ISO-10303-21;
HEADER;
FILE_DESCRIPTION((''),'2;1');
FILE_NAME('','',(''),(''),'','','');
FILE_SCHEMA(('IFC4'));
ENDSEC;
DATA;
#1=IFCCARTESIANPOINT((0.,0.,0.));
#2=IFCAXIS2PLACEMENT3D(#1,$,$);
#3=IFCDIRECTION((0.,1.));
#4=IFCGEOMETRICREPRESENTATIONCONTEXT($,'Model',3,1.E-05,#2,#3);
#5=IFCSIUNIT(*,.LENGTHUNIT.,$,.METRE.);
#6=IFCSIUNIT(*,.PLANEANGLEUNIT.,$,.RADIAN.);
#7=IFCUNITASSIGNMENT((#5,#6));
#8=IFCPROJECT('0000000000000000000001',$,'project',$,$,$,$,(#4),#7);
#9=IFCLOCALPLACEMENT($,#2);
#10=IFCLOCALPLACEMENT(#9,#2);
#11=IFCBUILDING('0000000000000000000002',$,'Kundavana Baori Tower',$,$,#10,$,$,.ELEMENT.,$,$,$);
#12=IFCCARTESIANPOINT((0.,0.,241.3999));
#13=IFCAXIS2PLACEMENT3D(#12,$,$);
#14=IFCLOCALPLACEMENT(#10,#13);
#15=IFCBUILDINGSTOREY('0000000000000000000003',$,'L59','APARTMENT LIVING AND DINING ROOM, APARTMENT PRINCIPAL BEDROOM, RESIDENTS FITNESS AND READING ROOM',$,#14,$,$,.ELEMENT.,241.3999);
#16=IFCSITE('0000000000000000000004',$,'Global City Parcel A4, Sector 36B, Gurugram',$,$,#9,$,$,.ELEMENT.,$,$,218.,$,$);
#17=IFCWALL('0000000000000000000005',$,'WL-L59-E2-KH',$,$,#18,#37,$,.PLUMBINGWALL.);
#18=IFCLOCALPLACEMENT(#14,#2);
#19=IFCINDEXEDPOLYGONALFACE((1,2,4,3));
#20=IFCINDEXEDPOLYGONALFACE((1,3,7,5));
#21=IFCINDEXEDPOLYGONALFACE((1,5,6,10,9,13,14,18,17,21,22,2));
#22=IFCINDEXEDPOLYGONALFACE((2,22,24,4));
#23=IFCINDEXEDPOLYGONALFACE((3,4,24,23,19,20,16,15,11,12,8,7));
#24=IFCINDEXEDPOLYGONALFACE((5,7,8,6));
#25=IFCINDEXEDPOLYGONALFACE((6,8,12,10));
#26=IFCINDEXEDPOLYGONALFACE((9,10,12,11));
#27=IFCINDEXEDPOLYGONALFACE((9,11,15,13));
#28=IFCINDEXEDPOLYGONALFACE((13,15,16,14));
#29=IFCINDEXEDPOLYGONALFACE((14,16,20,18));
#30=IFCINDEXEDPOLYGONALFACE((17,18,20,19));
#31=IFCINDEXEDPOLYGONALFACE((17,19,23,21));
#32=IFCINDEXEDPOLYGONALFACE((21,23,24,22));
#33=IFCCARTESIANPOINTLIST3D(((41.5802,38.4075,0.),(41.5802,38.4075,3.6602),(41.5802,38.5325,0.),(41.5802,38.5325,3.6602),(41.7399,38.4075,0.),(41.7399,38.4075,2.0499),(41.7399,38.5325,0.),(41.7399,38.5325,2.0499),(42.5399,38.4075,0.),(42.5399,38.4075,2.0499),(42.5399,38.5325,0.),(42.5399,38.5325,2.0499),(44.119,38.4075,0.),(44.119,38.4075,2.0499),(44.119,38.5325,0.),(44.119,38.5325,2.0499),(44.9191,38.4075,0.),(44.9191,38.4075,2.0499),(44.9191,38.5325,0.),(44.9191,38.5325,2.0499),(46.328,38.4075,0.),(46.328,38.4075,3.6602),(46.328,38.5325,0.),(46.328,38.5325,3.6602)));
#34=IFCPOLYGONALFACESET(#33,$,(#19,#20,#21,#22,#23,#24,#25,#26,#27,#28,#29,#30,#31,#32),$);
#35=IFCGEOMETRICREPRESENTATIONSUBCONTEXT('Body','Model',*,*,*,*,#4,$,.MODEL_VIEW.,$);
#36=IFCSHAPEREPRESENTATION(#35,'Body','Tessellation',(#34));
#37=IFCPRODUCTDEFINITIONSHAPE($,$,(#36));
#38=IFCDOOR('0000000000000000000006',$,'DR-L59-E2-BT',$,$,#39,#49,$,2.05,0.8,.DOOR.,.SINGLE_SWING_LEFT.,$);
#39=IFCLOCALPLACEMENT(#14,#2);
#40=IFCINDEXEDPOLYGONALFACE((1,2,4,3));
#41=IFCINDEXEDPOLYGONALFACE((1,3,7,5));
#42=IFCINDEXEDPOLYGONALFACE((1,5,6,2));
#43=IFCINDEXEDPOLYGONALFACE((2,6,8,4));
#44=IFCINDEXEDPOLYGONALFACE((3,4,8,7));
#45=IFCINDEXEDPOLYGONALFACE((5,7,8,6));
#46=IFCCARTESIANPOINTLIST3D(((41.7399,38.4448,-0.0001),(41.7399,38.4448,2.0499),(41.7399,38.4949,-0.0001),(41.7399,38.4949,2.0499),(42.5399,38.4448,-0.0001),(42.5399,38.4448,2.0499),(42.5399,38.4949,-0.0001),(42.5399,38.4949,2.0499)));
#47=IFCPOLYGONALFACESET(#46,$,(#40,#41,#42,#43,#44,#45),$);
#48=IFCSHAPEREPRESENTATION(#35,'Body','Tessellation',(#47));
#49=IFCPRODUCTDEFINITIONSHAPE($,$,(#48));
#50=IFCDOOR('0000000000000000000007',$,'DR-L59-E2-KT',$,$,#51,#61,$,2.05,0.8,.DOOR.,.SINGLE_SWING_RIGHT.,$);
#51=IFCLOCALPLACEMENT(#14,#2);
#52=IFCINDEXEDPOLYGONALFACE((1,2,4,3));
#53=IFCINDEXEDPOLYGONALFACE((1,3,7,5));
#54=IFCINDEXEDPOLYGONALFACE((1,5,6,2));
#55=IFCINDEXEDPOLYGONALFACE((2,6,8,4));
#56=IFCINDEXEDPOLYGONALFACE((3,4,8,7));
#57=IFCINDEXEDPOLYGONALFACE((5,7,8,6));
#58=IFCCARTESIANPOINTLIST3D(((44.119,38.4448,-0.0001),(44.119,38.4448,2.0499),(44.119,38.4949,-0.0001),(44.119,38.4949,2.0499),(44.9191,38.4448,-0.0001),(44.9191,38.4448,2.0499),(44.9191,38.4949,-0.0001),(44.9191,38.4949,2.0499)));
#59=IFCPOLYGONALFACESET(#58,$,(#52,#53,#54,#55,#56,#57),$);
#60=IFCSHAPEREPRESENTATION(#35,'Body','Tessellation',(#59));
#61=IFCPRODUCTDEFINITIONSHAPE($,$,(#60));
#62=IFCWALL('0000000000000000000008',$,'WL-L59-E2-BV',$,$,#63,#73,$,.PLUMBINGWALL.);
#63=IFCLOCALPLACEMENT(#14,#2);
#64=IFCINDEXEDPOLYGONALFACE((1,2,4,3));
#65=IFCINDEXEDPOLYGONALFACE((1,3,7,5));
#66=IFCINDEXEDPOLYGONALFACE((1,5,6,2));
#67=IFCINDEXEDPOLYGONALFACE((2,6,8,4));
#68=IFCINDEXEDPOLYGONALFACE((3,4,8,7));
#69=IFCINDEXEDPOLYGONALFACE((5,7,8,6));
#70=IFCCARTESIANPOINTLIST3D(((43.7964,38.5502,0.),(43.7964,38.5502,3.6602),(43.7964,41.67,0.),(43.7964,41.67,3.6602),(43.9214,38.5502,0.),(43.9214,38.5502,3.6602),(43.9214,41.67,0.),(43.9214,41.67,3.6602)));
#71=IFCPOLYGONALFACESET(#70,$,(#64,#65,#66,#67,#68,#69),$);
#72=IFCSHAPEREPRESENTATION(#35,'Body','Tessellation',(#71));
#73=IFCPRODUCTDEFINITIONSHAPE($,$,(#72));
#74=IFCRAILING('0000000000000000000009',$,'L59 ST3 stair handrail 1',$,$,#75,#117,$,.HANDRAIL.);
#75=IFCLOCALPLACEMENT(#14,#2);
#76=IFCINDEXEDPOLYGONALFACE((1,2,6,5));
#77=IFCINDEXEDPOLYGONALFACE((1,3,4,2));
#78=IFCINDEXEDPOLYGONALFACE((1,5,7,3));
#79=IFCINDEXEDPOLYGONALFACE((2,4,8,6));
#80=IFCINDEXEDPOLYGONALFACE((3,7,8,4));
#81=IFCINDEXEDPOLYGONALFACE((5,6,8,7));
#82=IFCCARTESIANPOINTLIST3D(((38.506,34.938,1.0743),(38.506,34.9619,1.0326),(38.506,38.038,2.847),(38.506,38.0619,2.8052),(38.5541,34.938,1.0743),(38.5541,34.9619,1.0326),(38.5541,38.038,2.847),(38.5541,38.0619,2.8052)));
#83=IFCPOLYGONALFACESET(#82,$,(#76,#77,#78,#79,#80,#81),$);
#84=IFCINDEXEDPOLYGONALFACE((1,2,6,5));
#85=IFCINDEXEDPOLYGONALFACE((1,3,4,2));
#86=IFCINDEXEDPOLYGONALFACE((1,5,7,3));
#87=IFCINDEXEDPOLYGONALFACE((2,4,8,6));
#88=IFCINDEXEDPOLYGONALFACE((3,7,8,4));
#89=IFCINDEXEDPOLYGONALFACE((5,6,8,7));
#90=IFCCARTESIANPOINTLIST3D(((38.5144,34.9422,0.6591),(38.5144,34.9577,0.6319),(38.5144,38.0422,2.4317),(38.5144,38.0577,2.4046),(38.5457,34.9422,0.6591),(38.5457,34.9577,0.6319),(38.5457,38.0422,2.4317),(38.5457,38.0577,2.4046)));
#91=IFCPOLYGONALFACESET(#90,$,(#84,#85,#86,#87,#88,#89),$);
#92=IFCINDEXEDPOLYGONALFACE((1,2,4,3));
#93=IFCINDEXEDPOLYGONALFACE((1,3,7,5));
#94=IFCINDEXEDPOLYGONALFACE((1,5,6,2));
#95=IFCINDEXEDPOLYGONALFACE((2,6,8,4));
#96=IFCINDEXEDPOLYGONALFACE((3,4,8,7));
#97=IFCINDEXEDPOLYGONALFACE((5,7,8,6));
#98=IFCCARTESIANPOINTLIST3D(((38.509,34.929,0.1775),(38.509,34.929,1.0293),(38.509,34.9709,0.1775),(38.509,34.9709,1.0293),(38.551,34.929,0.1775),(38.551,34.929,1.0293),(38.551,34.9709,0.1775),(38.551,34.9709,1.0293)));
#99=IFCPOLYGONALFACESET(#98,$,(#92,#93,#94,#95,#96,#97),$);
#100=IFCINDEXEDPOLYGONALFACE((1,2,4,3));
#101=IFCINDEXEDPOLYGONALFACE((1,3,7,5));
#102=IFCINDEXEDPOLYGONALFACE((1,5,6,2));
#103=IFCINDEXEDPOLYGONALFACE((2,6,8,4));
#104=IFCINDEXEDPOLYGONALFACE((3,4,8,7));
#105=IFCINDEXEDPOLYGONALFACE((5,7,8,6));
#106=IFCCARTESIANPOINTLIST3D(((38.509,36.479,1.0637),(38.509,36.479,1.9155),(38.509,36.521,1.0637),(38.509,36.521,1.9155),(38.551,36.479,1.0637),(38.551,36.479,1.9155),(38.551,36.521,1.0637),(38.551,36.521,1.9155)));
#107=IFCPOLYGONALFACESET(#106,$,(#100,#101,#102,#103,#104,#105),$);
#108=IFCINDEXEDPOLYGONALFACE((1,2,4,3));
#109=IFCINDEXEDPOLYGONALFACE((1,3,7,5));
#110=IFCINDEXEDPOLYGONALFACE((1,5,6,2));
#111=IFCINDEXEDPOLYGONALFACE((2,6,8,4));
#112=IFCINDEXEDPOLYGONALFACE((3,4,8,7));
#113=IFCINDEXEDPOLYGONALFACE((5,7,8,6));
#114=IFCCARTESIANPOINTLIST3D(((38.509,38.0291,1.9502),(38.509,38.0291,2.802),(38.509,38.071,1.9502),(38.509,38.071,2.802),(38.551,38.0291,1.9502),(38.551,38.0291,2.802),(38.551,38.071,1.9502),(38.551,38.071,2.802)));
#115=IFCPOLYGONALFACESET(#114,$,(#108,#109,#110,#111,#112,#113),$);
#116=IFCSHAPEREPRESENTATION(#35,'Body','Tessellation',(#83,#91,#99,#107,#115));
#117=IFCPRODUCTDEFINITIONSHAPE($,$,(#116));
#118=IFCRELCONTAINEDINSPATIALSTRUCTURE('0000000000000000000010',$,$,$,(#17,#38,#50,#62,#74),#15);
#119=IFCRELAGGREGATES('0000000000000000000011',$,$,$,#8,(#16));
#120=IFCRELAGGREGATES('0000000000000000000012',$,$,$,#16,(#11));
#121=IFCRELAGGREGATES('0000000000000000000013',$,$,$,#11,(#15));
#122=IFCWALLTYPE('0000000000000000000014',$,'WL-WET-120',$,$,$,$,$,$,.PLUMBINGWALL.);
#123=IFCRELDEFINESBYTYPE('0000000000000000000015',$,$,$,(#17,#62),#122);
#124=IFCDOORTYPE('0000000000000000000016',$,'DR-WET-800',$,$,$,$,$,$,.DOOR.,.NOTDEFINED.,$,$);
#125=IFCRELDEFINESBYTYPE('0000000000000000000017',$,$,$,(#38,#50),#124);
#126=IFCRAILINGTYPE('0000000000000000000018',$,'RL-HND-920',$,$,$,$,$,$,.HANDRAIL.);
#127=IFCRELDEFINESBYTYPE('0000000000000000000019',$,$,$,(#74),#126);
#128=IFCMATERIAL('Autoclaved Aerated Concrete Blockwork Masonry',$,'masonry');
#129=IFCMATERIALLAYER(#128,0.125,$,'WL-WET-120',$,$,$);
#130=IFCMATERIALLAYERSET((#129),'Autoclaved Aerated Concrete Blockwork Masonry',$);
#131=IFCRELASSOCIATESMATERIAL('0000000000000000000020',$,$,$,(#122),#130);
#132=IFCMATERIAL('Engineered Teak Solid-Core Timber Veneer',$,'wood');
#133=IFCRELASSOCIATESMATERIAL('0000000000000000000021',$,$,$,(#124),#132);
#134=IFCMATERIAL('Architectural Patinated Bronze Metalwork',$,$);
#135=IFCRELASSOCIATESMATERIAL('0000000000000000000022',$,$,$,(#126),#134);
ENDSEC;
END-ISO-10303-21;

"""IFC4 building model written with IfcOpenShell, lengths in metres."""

from ifc_helpers import new_model, si_unit, direction, frame, frame_2d, origin, origin_2d, place, context, subcontext, project, spatial, rectangle, extrude, material, layer, layer_set, type_object, element, fill, save


model = new_model("IFC4")

# Units and contexts
model_context = context("Model", 3, precision=1e-05, world=origin(), true_north=direction((0.0, 1.0)))
body_context = subcontext(model_context, "Body", "Model", "MODEL_VIEW")
ifc_project = project(units=[si_unit("LENGTHUNIT", "METRE"), si_unit("PLANEANGLEUNIT", "RADIAN")], contexts=[model_context])

# Site, building, storey
site_placement = place(None, origin())
site = spatial("IfcSite", under=ifc_project, at=site_placement, Name="Global City Parcel A4, Sector 36B, Gurugram", CompositionType="ELEMENT", RefElevation=218.0)
building_placement = place(site_placement, origin())
building = spatial("IfcBuilding", under=site, at=building_placement, Name="Kundavana Baori Tower", CompositionType="ELEMENT")
storey_placement = place(building_placement, frame((0.0, 0.0, 241.3999)))
storey = spatial("IfcBuildingStorey", under=building, at=storey_placement, Name="L59", Description="APARTMENT LIVING AND DINING ROOM, APARTMENT PRINCIPAL BEDROOM, RESIDENTS FITNESS AND READING ROOM", CompositionType="ELEMENT", Elevation=241.3999)

# Wall, openings, doors
ifc_material_1 = material(Name="Autoclaved Aerated Concrete Blockwork Masonry", Category="masonry")
ifc_layer_1 = layer(ifc_material_1, 0.125, Name="WL-WET-120")
ifc_layer_set_1 = layer_set([ifc_layer_1], Name="Autoclaved Aerated Concrete Blockwork Masonry")
wall_type_1 = type_object("IfcWallType", Name="WL-WET-120", PredefinedType="PLUMBINGWALL", material=ifc_layer_set_1)
wall_1_placement = place(storey_placement, frame((41.5801, 38.47, 0.0), z_axis=(0.0, 0.0, 1.0), x_axis=(1.0, 0.0, 0.0)))
wall_1 = element("IfcWall", 1, at=wall_1_placement, inside=storey, type_object=wall_type_1, Name="WL-L59-E2-KH", PredefinedType="PLUMBINGWALL", context=body_context, shape_type="SweptSolid", body=[
    extrude(rectangle(XDim=4.7478, YDim=0.125, at=frame_2d((2.374, 0.0))), origin(), (0.0, 0.0, 1.0), 3.6602),
])
opening_1_placement = place(wall_1_placement, frame((0.1599, 0.0, 0.0)))
opening_1 = element("IfcOpeningElement", 2, at=opening_1_placement, cuts=wall_1, PredefinedType="OPENING", context=body_context, shape_type="SweptSolid", body=[
    extrude(rectangle(XDim=0.8, YDim=2.05, at=frame_2d((0.3999, 1.0249))), frame((0.0, 0.0725, 0.0), z_axis=(0.0, -1.0, 0.0), x_axis=(1.0, 0.0, 0.0)), (0.0, 0.0, 1.0), 0.145),
])
opening_2_placement = place(wall_1_placement, frame((2.5391, 0.0, 0.0)))
opening_2 = element("IfcOpeningElement", 3, at=opening_2_placement, cuts=wall_1, PredefinedType="OPENING", context=body_context, shape_type="SweptSolid", body=[
    extrude(rectangle(XDim=0.8, YDim=2.05, at=frame_2d((0.3999, 1.0249))), frame((0.0, 0.0725, 0.0), z_axis=(0.0, -1.0, 0.0), x_axis=(1.0, 0.0, 0.0)), (0.0, 0.0, 1.0), 0.145),
])
ifc_material_2 = material(Name="Engineered Teak Solid-Core Timber Veneer", Category="wood")
door_type_1 = type_object("IfcDoorType", Name="DR-WET-800", OperationType="NOTDEFINED", PredefinedType="DOOR", material=ifc_material_2)
door_1_placement = place(opening_1_placement, origin())
door_1 = element("IfcDoor", 4, at=door_1_placement, inside=storey, type_object=door_type_1, Name="DR-L59-E2-BT", OperationType="SINGLE_SWING_LEFT", OverallHeight=2.05, OverallWidth=0.8, PredefinedType="DOOR", context=body_context, shape_type="SweptSolid", body=[
    extrude(rectangle(XDim=0.8, YDim=2.05, at=frame_2d((0.3999, 1.0249))), frame((0.0, 0.0249, 0.0), z_axis=(0.0, -1.0, 0.0), x_axis=(1.0, 0.0, 0.0)), (0.0, 0.0, 1.0), 0.05),
])
fill(opening_1, door_1)
door_2_placement = place(opening_2_placement, origin())
door_2 = element("IfcDoor", 5, at=door_2_placement, inside=storey, type_object=door_type_1, Name="DR-L59-E2-KT", OperationType="SINGLE_SWING_RIGHT", OverallHeight=2.05, OverallWidth=0.8, PredefinedType="DOOR", context=body_context, shape_type="SweptSolid", body=[
    extrude(rectangle(XDim=0.8, YDim=2.05, at=frame_2d((0.3999, 1.0249))), frame((0.0, 0.0249, 0.0), z_axis=(0.0, -1.0, 0.0), x_axis=(1.0, 0.0, 0.0)), (0.0, 0.0, 1.0), 0.05),
])
fill(opening_2, door_2)

# Wall
wall_2_placement = place(storey_placement, frame((43.8589, 38.55, 0.0), z_axis=(0.0, 0.0, 1.0), x_axis=(0.0, 1.0, 0.0)))
element("IfcWall", 6, at=wall_2_placement, inside=storey, type_object=wall_type_1, Name="WL-L59-E2-BV", PredefinedType="PLUMBINGWALL", context=body_context, shape_type="SweptSolid", body=[
    extrude(rectangle(XDim=3.1199, YDim=0.125, at=frame_2d((1.5601, 0.0))), origin(), (0.0, 0.0, 1.0), 3.6602),
])

# Railing
ifc_material_3 = material(Name="Architectural Patinated Bronze Metalwork")
railing_type_1 = type_object("IfcRailingType", Name="RL-HND-920", PredefinedType="HANDRAIL", material=ifc_material_3)
railing_1_placement = place(storey_placement, frame((38.53, 34.95, 0.1775)))
element("IfcRailing", 7, at=railing_1_placement, inside=storey, type_object=railing_type_1, Name="L59 ST3 stair handrail 1", PredefinedType="HANDRAIL", context=body_context, shape_type="SweptSolid", body=[
    extrude(rectangle(XDim=0.0481, YDim=0.0481, at=origin_2d()), frame((0.0, 0.0, 0.876), z_axis=(0.0, 0.868096, 0.496397), x_axis=(-1.0, 0.0, 0.0)), (0.0, 0.0, 1.0), 3.571),
    extrude(rectangle(XDim=0.0312, YDim=0.0312, at=origin_2d()), frame((0.0, 0.0, 0.468), z_axis=(0.0, 0.868096, 0.496397), x_axis=(-1.0, 0.0, 0.0)), (0.0, 0.0, 1.0), 3.571),
    extrude(rectangle(XDim=0.042, YDim=0.042, at=origin_2d()), origin(), (0.0, 0.0, 1.0), 0.8518),
    extrude(rectangle(XDim=0.042, YDim=0.042, at=origin_2d()), frame((0.0, 1.55, 0.8862)), (0.0, 0.0, 1.0), 0.8518),
    extrude(rectangle(XDim=0.042, YDim=0.042, at=origin_2d()), frame((0.0, 3.1001, 1.7727)), (0.0, 0.0, 1.0), 0.8518),
])

save(model, "model.ifc")
